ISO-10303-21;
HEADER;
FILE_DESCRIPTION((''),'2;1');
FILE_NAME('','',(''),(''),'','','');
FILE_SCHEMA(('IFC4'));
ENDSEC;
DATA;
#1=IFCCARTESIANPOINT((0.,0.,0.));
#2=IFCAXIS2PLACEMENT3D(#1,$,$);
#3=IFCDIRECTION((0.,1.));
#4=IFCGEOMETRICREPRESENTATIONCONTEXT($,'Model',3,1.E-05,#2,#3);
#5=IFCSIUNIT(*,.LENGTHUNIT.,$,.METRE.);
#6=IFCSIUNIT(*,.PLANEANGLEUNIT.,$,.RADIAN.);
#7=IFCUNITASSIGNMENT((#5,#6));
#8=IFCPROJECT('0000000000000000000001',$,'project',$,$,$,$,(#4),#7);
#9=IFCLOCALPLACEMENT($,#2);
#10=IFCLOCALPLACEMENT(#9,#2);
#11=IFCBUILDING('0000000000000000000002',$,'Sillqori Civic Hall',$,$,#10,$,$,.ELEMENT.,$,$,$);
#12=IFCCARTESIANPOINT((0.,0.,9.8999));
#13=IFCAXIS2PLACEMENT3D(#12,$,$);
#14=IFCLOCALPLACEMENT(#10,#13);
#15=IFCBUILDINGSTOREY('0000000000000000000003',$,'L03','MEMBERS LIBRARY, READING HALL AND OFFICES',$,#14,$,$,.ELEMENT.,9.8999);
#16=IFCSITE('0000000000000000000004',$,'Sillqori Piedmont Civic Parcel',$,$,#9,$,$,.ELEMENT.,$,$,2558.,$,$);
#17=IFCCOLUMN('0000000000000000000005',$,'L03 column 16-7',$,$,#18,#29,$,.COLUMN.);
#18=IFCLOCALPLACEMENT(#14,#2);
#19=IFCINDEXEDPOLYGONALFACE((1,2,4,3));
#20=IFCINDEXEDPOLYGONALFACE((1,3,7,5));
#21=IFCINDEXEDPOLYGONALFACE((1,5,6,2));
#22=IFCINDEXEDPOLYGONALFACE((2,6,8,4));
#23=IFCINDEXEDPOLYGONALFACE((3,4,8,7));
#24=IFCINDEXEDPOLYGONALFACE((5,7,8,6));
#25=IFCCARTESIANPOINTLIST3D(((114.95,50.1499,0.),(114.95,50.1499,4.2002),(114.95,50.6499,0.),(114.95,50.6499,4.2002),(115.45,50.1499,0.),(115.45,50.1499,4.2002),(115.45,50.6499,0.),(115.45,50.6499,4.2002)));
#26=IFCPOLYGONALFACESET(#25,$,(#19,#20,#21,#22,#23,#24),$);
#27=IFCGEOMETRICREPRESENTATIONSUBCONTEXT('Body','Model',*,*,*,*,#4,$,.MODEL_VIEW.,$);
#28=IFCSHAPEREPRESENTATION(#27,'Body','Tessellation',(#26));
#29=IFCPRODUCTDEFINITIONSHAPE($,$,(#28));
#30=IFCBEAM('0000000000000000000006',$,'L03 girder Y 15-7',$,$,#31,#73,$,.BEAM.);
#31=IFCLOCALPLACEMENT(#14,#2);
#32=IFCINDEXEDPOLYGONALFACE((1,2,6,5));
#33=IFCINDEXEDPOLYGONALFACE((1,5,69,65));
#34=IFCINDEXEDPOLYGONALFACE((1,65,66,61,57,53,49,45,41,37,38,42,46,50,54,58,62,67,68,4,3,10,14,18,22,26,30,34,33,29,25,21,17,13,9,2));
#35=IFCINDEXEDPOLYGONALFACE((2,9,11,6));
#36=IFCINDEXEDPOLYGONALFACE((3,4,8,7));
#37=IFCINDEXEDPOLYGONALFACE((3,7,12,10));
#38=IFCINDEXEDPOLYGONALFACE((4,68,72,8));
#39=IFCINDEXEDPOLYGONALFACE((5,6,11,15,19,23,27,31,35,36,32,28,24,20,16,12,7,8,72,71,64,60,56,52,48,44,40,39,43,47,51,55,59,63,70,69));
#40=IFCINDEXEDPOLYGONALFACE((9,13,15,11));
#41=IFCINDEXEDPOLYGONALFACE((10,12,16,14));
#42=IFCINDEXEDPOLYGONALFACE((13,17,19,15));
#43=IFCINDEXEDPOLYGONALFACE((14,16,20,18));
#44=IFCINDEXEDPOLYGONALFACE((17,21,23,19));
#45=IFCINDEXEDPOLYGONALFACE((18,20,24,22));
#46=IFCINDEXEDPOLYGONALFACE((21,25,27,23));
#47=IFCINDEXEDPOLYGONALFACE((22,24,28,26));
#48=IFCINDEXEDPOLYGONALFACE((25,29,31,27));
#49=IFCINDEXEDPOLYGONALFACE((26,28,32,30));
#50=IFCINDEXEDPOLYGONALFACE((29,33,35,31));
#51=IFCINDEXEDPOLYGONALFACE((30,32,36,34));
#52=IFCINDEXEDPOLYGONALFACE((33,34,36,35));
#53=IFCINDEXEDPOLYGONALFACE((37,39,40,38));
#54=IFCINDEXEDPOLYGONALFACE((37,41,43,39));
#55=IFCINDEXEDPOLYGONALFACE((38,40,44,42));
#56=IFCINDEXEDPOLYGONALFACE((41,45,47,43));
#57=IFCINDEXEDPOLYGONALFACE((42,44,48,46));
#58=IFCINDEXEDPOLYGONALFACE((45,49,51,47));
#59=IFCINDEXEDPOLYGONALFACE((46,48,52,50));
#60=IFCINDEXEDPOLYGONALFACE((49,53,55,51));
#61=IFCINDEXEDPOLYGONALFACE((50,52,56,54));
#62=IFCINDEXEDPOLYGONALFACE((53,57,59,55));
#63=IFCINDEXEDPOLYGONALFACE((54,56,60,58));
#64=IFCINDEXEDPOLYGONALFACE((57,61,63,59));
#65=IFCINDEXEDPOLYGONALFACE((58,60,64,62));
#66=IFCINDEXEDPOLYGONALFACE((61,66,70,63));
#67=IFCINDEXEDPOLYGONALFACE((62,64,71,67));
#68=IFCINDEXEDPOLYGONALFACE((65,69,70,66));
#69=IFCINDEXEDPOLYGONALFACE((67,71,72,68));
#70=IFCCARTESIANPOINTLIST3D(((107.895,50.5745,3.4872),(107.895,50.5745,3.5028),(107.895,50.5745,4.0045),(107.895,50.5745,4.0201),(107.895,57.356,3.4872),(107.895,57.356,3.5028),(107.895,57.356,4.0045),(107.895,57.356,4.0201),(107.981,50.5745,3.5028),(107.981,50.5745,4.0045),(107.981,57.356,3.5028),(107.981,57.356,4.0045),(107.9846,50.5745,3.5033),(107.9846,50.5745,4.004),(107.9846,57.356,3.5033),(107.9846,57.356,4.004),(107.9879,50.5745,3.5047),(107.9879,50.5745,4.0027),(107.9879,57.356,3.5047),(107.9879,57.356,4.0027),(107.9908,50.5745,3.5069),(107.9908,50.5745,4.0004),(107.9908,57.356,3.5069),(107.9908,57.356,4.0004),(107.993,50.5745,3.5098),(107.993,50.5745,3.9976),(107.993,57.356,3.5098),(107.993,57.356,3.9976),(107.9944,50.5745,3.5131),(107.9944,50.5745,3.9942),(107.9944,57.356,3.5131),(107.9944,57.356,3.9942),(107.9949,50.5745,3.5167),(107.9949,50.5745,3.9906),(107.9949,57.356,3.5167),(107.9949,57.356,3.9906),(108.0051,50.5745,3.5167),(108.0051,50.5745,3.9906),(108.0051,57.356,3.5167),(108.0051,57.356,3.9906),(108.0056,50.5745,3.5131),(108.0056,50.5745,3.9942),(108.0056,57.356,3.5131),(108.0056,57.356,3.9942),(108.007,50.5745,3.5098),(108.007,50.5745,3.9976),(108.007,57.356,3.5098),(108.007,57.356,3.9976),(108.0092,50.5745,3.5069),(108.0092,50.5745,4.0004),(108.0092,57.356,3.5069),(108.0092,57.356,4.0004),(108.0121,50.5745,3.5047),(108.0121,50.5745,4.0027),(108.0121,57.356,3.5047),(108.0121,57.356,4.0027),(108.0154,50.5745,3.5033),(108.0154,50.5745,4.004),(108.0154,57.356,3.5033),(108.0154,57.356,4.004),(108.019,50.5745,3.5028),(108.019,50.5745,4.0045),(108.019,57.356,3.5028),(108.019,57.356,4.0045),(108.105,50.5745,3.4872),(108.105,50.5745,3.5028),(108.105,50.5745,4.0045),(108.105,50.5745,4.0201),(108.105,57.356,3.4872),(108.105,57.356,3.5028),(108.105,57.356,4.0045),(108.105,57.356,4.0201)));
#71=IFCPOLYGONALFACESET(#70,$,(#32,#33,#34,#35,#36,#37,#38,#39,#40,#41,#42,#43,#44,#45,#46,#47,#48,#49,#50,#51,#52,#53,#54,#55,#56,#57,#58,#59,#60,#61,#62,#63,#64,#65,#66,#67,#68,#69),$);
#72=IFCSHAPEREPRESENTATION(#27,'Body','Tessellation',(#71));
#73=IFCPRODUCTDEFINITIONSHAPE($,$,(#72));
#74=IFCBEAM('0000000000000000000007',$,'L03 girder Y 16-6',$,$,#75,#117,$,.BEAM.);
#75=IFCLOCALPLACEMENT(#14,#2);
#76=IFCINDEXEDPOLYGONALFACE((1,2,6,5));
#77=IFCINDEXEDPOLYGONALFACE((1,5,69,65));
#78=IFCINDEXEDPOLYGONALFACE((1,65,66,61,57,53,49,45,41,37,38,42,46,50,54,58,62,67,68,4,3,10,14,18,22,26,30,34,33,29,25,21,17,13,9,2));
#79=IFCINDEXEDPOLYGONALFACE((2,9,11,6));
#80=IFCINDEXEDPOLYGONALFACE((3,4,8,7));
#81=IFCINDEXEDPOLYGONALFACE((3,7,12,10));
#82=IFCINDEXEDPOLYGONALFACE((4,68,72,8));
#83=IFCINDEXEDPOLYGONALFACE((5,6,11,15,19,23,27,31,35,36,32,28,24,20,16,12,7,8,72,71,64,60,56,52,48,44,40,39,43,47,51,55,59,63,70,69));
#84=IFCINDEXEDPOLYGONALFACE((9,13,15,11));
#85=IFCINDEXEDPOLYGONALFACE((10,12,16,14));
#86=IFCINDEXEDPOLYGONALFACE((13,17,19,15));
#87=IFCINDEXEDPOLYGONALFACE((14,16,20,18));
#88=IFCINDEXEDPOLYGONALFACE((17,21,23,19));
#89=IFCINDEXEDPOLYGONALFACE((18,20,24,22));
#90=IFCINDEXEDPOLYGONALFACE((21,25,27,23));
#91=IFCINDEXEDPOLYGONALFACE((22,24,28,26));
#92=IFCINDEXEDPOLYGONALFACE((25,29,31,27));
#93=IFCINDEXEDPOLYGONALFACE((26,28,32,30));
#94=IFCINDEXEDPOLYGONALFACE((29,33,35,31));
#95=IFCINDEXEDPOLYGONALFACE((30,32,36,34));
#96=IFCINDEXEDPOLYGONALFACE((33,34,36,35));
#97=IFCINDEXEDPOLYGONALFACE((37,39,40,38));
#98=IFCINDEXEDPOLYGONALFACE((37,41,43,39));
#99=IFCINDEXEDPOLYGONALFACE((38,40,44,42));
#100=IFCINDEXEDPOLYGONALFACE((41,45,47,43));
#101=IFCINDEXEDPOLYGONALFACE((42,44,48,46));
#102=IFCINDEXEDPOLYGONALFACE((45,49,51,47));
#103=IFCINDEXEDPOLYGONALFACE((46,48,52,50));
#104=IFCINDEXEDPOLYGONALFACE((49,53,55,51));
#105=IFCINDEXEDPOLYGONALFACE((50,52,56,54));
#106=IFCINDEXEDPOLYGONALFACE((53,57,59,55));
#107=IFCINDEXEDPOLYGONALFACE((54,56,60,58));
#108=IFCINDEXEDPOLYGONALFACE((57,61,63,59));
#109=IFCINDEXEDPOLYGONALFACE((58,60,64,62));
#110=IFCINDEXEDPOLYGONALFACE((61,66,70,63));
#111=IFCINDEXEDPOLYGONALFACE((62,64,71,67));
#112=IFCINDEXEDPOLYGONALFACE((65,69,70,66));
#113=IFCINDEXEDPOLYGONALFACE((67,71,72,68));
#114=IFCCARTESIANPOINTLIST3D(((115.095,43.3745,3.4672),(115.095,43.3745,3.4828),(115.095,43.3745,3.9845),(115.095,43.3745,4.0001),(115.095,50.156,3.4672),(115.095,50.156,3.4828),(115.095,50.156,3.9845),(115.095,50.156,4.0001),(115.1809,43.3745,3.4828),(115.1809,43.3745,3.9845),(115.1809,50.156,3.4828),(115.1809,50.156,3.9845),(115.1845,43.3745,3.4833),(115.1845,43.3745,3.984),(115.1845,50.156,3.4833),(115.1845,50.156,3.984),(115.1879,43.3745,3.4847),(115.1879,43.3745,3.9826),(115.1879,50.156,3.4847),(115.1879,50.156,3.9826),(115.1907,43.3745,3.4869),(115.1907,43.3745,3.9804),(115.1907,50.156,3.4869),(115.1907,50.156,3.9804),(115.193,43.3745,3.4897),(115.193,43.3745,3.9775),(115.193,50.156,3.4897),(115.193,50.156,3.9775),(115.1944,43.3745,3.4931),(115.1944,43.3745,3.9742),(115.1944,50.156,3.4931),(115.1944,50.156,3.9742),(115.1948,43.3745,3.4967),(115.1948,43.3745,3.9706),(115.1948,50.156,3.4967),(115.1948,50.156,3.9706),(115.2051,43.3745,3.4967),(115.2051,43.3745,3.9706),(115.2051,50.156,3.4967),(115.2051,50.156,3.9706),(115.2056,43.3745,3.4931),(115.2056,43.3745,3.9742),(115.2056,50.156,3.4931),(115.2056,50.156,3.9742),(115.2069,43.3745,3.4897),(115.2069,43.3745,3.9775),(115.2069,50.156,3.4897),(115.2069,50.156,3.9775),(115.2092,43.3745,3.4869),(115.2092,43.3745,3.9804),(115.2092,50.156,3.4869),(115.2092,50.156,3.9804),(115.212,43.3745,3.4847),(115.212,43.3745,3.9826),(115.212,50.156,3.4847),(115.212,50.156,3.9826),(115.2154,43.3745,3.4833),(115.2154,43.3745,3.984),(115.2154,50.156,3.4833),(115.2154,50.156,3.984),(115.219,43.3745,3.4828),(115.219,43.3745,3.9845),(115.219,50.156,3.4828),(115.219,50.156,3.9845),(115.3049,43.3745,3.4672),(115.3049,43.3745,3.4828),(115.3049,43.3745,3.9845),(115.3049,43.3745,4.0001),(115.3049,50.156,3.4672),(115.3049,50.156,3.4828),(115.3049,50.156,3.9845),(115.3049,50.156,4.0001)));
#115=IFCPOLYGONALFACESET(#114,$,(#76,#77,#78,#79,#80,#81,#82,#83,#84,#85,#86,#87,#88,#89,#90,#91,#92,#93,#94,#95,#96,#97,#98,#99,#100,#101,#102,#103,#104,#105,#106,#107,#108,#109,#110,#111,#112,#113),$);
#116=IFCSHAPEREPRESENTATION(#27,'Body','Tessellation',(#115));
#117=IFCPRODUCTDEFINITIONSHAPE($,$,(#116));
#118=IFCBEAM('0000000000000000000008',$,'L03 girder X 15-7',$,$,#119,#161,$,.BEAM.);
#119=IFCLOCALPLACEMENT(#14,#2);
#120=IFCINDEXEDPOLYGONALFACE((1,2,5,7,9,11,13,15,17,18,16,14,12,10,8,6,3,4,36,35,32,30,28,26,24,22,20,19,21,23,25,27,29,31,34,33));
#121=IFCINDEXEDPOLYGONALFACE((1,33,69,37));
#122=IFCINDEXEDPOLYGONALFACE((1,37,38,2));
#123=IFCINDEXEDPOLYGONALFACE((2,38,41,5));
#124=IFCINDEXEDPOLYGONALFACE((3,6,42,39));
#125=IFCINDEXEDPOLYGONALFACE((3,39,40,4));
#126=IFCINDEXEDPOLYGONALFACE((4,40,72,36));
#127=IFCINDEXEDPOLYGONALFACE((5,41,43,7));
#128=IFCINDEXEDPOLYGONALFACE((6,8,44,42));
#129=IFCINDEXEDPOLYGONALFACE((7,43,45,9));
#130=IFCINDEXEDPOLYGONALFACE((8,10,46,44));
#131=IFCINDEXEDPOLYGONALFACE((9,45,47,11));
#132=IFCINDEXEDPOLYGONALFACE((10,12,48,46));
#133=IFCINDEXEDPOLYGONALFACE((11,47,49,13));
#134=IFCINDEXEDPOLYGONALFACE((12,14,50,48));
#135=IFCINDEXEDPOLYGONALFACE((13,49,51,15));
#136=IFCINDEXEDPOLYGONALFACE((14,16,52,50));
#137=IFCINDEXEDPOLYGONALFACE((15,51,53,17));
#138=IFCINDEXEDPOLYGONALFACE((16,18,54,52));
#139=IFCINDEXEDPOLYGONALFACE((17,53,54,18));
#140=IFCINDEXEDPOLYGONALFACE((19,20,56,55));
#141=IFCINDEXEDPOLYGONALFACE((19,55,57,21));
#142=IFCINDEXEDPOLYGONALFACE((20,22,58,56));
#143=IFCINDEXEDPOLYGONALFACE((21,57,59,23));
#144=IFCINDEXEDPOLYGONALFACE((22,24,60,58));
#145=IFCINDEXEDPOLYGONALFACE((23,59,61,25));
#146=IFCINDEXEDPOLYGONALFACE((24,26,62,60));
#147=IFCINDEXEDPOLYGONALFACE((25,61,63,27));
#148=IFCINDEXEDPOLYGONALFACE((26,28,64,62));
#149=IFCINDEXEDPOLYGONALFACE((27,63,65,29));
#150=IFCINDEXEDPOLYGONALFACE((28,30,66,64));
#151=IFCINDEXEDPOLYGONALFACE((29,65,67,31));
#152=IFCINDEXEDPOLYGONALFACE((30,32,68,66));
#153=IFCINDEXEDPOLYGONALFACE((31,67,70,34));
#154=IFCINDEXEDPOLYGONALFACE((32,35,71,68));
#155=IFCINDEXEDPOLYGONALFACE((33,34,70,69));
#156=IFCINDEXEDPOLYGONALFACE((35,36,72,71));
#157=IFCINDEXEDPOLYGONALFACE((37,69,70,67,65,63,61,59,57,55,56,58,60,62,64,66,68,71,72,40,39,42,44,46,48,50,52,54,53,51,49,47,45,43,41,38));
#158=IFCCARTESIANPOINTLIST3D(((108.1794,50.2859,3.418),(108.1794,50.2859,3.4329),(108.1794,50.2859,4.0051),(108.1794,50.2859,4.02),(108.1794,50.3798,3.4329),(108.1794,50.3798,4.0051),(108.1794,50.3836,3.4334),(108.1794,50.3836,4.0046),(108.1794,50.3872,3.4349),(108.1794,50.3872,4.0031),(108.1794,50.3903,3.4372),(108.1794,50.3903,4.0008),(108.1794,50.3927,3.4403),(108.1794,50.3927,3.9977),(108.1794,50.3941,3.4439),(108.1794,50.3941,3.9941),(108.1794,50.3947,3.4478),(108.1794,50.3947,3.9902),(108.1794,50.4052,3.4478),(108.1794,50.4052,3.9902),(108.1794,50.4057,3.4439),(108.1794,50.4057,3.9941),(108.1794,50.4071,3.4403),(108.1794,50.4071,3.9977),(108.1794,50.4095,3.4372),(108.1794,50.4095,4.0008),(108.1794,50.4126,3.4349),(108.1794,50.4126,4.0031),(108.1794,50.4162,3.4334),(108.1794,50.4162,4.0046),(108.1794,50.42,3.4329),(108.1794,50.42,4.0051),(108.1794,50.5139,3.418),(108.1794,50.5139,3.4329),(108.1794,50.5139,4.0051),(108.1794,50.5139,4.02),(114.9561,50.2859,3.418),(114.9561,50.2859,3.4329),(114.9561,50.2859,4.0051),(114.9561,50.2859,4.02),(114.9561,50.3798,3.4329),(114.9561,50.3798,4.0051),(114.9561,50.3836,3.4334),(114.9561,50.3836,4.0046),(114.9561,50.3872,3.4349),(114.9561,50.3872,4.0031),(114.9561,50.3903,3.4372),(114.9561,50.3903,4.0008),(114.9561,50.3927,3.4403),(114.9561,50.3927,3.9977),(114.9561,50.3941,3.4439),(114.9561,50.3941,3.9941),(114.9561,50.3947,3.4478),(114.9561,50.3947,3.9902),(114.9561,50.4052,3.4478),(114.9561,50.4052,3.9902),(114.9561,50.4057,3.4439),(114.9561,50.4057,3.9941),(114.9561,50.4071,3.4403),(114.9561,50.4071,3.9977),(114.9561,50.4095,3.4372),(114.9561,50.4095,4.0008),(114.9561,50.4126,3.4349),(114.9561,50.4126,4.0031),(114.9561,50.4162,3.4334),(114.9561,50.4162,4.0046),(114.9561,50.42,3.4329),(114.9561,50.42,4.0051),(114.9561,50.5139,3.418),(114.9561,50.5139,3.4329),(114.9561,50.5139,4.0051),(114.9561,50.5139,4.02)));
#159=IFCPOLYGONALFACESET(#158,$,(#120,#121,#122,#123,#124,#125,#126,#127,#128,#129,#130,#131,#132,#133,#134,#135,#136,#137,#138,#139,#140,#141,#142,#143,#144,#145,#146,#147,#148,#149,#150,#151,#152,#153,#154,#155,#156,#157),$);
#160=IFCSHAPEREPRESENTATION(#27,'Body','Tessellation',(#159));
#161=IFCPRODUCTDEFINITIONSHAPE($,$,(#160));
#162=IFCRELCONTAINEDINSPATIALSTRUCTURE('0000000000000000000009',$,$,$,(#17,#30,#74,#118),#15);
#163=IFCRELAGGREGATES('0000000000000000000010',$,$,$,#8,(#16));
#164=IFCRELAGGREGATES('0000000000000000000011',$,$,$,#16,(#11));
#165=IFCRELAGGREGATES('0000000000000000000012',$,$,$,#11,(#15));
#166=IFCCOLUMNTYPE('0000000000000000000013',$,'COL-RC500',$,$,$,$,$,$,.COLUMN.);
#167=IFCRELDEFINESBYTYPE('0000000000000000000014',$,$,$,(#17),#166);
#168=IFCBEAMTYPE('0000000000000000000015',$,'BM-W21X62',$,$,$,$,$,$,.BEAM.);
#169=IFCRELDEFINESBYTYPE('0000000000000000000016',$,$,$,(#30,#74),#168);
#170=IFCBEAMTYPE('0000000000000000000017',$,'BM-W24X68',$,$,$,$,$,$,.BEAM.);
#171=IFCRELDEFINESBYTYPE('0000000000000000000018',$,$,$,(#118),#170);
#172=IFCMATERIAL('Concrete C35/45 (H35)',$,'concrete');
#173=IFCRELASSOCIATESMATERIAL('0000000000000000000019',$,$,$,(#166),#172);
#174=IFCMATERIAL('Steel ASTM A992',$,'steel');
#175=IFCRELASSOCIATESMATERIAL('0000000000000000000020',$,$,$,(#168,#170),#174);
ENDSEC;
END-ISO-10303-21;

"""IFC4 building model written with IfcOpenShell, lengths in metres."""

from ifc_helpers import new_model, si_unit, direction, frame, origin, origin_2d, place, context, subcontext, project, spatial, rectangle, i_section, extrude, material, material_profile, profile_set, type_object, element, save


model = new_model("IFC4")

# Units and contexts
model_context = context("Model", 3, precision=1e-05, world=origin(), true_north=direction((0.0, 1.0)))
body_context = subcontext(model_context, "Body", "Model", "MODEL_VIEW")
ifc_project = project(units=[si_unit("LENGTHUNIT", "METRE"), si_unit("PLANEANGLEUNIT", "RADIAN")], contexts=[model_context])

# Site, building, storey
site_placement = place(None, origin())
site = spatial("IfcSite", under=ifc_project, at=site_placement, Name="Sillqori Piedmont Civic Parcel", CompositionType="ELEMENT", RefElevation=2558.0)
building_placement = place(site_placement, origin())
building = spatial("IfcBuilding", under=site, at=building_placement, Name="Sillqori Civic Hall", CompositionType="ELEMENT")
storey_placement = place(building_placement, frame((0.0, 0.0, 9.8999)))
storey = spatial("IfcBuildingStorey", under=building, at=storey_placement, Name="L03", Description="MEMBERS LIBRARY, READING HALL AND OFFICES", CompositionType="ELEMENT", Elevation=9.8999)

# Column
ifc_material_1 = material(Name="Concrete C35/45 (H35)", Category="concrete")
ifc_material_profile_1 = material_profile(ifc_material_1, rectangle(XDim=0.5, YDim=0.5, at=origin_2d()), Name="RC 500x500")
ifc_profile_set_1 = profile_set([ifc_material_profile_1], Name="Concrete C35/45 (H35)")
column_type = type_object("IfcColumnType", Name="COL-RC500", PredefinedType="COLUMN", material=ifc_profile_set_1)
column_placement = place(storey_placement, frame((115.2, 50.3999, 0.0), z_axis=(0.0, 0.0, 1.0), x_axis=(1.0, 0.0, 0.0)))
element("IfcColumn", 1, at=column_placement, inside=storey, type_object=column_type, Name="L03 column 16-7", PredefinedType="COLUMN", context=body_context, shape_type="SweptSolid", body=[
    extrude(rectangle(XDim=0.5, YDim=0.5, at=origin_2d()), origin(), (0.0, 0.0, 1.0), 4.2002),
])

# Beams
ifc_material_2 = material(Name="Steel ASTM A992", Category="steel")
ifc_material_profile_2 = material_profile(ifc_material_2, i_section(OverallWidth=0.21, OverallDepth=0.533, WebThickness=0.0103, FlangeThickness=0.0156, FilletRadius=0.0139, at=origin_2d()), Name="W21X62")
ifc_profile_set_2 = profile_set([ifc_material_profile_2], Name="Steel ASTM A992")
beam_type_1 = type_object("IfcBeamType", Name="BM-W21X62", PredefinedType="BEAM", material=ifc_profile_set_2)
for number, where, z_axis, x_axis, name in (
    (2, (108.0, 50.5745, 3.7537), (0.0, 1.0, 0.0), (-1.0, 0.0, 0.0), "L03 girder Y 15-7"),
    (3, (115.2, 43.3745, 3.7336), (0.0, 1.0, 0.0), (-1.0, 0.0, 0.0), "L03 girder Y 16-6"),
):
    element("IfcBeam", number, at=place(storey_placement, frame(where, z_axis=z_axis, x_axis=x_axis)), inside=storey, type_object=beam_type_1, Name=name, PredefinedType="BEAM", context=body_context, shape_type="SweptSolid", body=[
        extrude(i_section(OverallWidth=0.21, OverallDepth=0.533, WebThickness=0.0103, FlangeThickness=0.0156, FilletRadius=0.0139, at=origin_2d()), origin(), (0.0, 0.0, 1.0), 6.7815),
    ])
ifc_material_profile_3 = material_profile(ifc_material_2, i_section(OverallWidth=0.228, OverallDepth=0.6021, WebThickness=0.0105, FlangeThickness=0.0149, FilletRadius=0.0149, at=origin_2d()), Name="W24X68")
ifc_profile_set_3 = profile_set([ifc_material_profile_3], Name="Steel ASTM A992")
beam_type_2 = type_object("IfcBeamType", Name="BM-W24X68", PredefinedType="BEAM", material=ifc_profile_set_3)
beam_1_placement = place(storey_placement, frame((108.1794, 50.3999, 3.719), z_axis=(1.0, 0.0, 0.0), x_axis=(0.0, 1.0, 0.0)))
element("IfcBeam", 4, at=beam_1_placement, inside=storey, type_object=beam_type_2, Name="L03 girder X 15-7", PredefinedType="BEAM", context=body_context, shape_type="SweptSolid", body=[
    extrude(i_section(OverallWidth=0.228, OverallDepth=0.6021, WebThickness=0.0105, FlangeThickness=0.0149, FilletRadius=0.0149, at=origin_2d()), origin(), (0.0, 0.0, 1.0), 6.7766),
])

save(model, "model.ifc")
